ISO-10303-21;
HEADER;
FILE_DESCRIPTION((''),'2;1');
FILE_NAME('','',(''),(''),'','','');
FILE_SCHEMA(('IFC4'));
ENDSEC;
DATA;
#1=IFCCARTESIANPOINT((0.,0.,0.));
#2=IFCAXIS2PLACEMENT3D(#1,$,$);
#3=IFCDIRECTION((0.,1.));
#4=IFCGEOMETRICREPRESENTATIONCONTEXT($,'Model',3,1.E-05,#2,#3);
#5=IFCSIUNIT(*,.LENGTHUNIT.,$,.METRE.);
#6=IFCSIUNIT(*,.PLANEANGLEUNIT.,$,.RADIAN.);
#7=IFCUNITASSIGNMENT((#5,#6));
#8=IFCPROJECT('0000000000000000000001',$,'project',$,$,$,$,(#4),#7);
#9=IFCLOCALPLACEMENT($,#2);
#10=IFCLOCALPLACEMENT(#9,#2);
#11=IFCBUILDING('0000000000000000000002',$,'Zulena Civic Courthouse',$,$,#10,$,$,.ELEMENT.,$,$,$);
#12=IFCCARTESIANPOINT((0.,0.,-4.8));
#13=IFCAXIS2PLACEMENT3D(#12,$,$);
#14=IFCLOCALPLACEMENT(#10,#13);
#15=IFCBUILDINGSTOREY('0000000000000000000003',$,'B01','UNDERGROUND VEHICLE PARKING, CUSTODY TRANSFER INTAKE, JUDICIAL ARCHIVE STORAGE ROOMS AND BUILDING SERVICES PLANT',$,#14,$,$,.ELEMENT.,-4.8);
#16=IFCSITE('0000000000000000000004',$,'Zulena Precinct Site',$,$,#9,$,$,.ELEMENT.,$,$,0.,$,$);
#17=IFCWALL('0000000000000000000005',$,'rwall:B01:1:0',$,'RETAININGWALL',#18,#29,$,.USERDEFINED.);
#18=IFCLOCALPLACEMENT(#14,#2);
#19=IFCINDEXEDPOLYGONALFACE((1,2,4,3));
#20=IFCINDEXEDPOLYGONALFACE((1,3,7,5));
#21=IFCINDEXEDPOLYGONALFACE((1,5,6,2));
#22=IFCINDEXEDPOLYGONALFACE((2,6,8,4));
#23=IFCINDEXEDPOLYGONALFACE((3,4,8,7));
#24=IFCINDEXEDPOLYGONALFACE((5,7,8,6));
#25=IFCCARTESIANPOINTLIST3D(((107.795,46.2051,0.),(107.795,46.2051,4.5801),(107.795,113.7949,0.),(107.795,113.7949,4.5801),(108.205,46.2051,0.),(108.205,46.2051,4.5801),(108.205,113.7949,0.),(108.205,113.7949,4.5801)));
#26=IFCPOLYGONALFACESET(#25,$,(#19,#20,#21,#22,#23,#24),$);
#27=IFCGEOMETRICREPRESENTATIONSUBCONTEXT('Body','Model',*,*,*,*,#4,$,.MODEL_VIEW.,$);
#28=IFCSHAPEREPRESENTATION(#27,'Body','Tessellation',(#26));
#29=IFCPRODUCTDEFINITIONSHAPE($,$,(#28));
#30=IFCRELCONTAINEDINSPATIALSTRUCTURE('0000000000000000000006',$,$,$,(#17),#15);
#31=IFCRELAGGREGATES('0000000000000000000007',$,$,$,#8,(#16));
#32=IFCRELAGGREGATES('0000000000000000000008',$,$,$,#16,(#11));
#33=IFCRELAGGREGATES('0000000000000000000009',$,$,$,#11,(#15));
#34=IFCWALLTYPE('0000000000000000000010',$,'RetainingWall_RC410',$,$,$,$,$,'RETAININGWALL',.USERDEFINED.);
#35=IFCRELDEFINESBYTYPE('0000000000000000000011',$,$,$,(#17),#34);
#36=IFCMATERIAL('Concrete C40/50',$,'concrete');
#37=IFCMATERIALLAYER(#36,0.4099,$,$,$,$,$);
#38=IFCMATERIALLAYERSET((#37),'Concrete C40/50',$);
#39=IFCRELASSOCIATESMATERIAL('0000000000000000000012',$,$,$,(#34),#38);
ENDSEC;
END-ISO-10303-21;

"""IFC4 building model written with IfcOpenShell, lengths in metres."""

from ifc_helpers import new_model, si_unit, direction, frame, frame_2d, origin, place, context, subcontext, project, spatial, rectangle, extrude, material, layer, layer_set, type_object, element, save


model = new_model("IFC4")

# Units and contexts
model_context = context("Model", 3, precision=1e-05, world=origin(), true_north=direction((0.0, 1.0)))
body_context = subcontext(model_context, "Body", "Model", "MODEL_VIEW")
ifc_project = project(units=[si_unit("LENGTHUNIT", "METRE"), si_unit("PLANEANGLEUNIT", "RADIAN")], contexts=[model_context])

# Site, building, storey
site_placement = place(None, origin())
site = spatial("IfcSite", under=ifc_project, at=site_placement, Name="Zulena Precinct Site", CompositionType="ELEMENT", RefElevation=0.0)
building_placement = place(site_placement, origin())
building = spatial("IfcBuilding", under=site, at=building_placement, Name="Zulena Civic Courthouse", CompositionType="ELEMENT")
storey_placement = place(building_placement, frame((0.0, 0.0, -4.8)))
storey = spatial("IfcBuildingStorey", under=building, at=storey_placement, Name="B01", Description="UNDERGROUND VEHICLE PARKING, CUSTODY TRANSFER INTAKE, JUDICIAL ARCHIVE STORAGE ROOMS AND BUILDING SERVICES PLANT", CompositionType="ELEMENT", Elevation=-4.8)

# Shared definitions
ifc_material_1 = material(Name="Concrete C40/50", Category="concrete")

# Wall
ifc_layer = layer(ifc_material_1, 0.4099)
ifc_layer_set = layer_set([ifc_layer], Name="Concrete C40/50")
wall_type = type_object("IfcWallType", Name="RetainingWall_RC410", ElementType="RETAININGWALL", PredefinedType="USERDEFINED", material=ifc_layer_set)
wall_placement = place(storey_placement, frame((108.0, 46.2051, 0.0), z_axis=(0.0, 0.0, 1.0), x_axis=(0.0, 1.0, 0.0)))
element("IfcWall", 1, at=wall_placement, inside=storey, type_object=wall_type, Name="rwall:B01:1:0", ObjectType="RETAININGWALL", PredefinedType="USERDEFINED", context=body_context, shape_type="SweptSolid", body=[
    extrude(rectangle(XDim=67.5898, YDim=0.4099, at=frame_2d((33.7949, 0.0))), origin(), (0.0, 0.0, 1.0), 4.5801),
])

save(model, "model.ifc")
